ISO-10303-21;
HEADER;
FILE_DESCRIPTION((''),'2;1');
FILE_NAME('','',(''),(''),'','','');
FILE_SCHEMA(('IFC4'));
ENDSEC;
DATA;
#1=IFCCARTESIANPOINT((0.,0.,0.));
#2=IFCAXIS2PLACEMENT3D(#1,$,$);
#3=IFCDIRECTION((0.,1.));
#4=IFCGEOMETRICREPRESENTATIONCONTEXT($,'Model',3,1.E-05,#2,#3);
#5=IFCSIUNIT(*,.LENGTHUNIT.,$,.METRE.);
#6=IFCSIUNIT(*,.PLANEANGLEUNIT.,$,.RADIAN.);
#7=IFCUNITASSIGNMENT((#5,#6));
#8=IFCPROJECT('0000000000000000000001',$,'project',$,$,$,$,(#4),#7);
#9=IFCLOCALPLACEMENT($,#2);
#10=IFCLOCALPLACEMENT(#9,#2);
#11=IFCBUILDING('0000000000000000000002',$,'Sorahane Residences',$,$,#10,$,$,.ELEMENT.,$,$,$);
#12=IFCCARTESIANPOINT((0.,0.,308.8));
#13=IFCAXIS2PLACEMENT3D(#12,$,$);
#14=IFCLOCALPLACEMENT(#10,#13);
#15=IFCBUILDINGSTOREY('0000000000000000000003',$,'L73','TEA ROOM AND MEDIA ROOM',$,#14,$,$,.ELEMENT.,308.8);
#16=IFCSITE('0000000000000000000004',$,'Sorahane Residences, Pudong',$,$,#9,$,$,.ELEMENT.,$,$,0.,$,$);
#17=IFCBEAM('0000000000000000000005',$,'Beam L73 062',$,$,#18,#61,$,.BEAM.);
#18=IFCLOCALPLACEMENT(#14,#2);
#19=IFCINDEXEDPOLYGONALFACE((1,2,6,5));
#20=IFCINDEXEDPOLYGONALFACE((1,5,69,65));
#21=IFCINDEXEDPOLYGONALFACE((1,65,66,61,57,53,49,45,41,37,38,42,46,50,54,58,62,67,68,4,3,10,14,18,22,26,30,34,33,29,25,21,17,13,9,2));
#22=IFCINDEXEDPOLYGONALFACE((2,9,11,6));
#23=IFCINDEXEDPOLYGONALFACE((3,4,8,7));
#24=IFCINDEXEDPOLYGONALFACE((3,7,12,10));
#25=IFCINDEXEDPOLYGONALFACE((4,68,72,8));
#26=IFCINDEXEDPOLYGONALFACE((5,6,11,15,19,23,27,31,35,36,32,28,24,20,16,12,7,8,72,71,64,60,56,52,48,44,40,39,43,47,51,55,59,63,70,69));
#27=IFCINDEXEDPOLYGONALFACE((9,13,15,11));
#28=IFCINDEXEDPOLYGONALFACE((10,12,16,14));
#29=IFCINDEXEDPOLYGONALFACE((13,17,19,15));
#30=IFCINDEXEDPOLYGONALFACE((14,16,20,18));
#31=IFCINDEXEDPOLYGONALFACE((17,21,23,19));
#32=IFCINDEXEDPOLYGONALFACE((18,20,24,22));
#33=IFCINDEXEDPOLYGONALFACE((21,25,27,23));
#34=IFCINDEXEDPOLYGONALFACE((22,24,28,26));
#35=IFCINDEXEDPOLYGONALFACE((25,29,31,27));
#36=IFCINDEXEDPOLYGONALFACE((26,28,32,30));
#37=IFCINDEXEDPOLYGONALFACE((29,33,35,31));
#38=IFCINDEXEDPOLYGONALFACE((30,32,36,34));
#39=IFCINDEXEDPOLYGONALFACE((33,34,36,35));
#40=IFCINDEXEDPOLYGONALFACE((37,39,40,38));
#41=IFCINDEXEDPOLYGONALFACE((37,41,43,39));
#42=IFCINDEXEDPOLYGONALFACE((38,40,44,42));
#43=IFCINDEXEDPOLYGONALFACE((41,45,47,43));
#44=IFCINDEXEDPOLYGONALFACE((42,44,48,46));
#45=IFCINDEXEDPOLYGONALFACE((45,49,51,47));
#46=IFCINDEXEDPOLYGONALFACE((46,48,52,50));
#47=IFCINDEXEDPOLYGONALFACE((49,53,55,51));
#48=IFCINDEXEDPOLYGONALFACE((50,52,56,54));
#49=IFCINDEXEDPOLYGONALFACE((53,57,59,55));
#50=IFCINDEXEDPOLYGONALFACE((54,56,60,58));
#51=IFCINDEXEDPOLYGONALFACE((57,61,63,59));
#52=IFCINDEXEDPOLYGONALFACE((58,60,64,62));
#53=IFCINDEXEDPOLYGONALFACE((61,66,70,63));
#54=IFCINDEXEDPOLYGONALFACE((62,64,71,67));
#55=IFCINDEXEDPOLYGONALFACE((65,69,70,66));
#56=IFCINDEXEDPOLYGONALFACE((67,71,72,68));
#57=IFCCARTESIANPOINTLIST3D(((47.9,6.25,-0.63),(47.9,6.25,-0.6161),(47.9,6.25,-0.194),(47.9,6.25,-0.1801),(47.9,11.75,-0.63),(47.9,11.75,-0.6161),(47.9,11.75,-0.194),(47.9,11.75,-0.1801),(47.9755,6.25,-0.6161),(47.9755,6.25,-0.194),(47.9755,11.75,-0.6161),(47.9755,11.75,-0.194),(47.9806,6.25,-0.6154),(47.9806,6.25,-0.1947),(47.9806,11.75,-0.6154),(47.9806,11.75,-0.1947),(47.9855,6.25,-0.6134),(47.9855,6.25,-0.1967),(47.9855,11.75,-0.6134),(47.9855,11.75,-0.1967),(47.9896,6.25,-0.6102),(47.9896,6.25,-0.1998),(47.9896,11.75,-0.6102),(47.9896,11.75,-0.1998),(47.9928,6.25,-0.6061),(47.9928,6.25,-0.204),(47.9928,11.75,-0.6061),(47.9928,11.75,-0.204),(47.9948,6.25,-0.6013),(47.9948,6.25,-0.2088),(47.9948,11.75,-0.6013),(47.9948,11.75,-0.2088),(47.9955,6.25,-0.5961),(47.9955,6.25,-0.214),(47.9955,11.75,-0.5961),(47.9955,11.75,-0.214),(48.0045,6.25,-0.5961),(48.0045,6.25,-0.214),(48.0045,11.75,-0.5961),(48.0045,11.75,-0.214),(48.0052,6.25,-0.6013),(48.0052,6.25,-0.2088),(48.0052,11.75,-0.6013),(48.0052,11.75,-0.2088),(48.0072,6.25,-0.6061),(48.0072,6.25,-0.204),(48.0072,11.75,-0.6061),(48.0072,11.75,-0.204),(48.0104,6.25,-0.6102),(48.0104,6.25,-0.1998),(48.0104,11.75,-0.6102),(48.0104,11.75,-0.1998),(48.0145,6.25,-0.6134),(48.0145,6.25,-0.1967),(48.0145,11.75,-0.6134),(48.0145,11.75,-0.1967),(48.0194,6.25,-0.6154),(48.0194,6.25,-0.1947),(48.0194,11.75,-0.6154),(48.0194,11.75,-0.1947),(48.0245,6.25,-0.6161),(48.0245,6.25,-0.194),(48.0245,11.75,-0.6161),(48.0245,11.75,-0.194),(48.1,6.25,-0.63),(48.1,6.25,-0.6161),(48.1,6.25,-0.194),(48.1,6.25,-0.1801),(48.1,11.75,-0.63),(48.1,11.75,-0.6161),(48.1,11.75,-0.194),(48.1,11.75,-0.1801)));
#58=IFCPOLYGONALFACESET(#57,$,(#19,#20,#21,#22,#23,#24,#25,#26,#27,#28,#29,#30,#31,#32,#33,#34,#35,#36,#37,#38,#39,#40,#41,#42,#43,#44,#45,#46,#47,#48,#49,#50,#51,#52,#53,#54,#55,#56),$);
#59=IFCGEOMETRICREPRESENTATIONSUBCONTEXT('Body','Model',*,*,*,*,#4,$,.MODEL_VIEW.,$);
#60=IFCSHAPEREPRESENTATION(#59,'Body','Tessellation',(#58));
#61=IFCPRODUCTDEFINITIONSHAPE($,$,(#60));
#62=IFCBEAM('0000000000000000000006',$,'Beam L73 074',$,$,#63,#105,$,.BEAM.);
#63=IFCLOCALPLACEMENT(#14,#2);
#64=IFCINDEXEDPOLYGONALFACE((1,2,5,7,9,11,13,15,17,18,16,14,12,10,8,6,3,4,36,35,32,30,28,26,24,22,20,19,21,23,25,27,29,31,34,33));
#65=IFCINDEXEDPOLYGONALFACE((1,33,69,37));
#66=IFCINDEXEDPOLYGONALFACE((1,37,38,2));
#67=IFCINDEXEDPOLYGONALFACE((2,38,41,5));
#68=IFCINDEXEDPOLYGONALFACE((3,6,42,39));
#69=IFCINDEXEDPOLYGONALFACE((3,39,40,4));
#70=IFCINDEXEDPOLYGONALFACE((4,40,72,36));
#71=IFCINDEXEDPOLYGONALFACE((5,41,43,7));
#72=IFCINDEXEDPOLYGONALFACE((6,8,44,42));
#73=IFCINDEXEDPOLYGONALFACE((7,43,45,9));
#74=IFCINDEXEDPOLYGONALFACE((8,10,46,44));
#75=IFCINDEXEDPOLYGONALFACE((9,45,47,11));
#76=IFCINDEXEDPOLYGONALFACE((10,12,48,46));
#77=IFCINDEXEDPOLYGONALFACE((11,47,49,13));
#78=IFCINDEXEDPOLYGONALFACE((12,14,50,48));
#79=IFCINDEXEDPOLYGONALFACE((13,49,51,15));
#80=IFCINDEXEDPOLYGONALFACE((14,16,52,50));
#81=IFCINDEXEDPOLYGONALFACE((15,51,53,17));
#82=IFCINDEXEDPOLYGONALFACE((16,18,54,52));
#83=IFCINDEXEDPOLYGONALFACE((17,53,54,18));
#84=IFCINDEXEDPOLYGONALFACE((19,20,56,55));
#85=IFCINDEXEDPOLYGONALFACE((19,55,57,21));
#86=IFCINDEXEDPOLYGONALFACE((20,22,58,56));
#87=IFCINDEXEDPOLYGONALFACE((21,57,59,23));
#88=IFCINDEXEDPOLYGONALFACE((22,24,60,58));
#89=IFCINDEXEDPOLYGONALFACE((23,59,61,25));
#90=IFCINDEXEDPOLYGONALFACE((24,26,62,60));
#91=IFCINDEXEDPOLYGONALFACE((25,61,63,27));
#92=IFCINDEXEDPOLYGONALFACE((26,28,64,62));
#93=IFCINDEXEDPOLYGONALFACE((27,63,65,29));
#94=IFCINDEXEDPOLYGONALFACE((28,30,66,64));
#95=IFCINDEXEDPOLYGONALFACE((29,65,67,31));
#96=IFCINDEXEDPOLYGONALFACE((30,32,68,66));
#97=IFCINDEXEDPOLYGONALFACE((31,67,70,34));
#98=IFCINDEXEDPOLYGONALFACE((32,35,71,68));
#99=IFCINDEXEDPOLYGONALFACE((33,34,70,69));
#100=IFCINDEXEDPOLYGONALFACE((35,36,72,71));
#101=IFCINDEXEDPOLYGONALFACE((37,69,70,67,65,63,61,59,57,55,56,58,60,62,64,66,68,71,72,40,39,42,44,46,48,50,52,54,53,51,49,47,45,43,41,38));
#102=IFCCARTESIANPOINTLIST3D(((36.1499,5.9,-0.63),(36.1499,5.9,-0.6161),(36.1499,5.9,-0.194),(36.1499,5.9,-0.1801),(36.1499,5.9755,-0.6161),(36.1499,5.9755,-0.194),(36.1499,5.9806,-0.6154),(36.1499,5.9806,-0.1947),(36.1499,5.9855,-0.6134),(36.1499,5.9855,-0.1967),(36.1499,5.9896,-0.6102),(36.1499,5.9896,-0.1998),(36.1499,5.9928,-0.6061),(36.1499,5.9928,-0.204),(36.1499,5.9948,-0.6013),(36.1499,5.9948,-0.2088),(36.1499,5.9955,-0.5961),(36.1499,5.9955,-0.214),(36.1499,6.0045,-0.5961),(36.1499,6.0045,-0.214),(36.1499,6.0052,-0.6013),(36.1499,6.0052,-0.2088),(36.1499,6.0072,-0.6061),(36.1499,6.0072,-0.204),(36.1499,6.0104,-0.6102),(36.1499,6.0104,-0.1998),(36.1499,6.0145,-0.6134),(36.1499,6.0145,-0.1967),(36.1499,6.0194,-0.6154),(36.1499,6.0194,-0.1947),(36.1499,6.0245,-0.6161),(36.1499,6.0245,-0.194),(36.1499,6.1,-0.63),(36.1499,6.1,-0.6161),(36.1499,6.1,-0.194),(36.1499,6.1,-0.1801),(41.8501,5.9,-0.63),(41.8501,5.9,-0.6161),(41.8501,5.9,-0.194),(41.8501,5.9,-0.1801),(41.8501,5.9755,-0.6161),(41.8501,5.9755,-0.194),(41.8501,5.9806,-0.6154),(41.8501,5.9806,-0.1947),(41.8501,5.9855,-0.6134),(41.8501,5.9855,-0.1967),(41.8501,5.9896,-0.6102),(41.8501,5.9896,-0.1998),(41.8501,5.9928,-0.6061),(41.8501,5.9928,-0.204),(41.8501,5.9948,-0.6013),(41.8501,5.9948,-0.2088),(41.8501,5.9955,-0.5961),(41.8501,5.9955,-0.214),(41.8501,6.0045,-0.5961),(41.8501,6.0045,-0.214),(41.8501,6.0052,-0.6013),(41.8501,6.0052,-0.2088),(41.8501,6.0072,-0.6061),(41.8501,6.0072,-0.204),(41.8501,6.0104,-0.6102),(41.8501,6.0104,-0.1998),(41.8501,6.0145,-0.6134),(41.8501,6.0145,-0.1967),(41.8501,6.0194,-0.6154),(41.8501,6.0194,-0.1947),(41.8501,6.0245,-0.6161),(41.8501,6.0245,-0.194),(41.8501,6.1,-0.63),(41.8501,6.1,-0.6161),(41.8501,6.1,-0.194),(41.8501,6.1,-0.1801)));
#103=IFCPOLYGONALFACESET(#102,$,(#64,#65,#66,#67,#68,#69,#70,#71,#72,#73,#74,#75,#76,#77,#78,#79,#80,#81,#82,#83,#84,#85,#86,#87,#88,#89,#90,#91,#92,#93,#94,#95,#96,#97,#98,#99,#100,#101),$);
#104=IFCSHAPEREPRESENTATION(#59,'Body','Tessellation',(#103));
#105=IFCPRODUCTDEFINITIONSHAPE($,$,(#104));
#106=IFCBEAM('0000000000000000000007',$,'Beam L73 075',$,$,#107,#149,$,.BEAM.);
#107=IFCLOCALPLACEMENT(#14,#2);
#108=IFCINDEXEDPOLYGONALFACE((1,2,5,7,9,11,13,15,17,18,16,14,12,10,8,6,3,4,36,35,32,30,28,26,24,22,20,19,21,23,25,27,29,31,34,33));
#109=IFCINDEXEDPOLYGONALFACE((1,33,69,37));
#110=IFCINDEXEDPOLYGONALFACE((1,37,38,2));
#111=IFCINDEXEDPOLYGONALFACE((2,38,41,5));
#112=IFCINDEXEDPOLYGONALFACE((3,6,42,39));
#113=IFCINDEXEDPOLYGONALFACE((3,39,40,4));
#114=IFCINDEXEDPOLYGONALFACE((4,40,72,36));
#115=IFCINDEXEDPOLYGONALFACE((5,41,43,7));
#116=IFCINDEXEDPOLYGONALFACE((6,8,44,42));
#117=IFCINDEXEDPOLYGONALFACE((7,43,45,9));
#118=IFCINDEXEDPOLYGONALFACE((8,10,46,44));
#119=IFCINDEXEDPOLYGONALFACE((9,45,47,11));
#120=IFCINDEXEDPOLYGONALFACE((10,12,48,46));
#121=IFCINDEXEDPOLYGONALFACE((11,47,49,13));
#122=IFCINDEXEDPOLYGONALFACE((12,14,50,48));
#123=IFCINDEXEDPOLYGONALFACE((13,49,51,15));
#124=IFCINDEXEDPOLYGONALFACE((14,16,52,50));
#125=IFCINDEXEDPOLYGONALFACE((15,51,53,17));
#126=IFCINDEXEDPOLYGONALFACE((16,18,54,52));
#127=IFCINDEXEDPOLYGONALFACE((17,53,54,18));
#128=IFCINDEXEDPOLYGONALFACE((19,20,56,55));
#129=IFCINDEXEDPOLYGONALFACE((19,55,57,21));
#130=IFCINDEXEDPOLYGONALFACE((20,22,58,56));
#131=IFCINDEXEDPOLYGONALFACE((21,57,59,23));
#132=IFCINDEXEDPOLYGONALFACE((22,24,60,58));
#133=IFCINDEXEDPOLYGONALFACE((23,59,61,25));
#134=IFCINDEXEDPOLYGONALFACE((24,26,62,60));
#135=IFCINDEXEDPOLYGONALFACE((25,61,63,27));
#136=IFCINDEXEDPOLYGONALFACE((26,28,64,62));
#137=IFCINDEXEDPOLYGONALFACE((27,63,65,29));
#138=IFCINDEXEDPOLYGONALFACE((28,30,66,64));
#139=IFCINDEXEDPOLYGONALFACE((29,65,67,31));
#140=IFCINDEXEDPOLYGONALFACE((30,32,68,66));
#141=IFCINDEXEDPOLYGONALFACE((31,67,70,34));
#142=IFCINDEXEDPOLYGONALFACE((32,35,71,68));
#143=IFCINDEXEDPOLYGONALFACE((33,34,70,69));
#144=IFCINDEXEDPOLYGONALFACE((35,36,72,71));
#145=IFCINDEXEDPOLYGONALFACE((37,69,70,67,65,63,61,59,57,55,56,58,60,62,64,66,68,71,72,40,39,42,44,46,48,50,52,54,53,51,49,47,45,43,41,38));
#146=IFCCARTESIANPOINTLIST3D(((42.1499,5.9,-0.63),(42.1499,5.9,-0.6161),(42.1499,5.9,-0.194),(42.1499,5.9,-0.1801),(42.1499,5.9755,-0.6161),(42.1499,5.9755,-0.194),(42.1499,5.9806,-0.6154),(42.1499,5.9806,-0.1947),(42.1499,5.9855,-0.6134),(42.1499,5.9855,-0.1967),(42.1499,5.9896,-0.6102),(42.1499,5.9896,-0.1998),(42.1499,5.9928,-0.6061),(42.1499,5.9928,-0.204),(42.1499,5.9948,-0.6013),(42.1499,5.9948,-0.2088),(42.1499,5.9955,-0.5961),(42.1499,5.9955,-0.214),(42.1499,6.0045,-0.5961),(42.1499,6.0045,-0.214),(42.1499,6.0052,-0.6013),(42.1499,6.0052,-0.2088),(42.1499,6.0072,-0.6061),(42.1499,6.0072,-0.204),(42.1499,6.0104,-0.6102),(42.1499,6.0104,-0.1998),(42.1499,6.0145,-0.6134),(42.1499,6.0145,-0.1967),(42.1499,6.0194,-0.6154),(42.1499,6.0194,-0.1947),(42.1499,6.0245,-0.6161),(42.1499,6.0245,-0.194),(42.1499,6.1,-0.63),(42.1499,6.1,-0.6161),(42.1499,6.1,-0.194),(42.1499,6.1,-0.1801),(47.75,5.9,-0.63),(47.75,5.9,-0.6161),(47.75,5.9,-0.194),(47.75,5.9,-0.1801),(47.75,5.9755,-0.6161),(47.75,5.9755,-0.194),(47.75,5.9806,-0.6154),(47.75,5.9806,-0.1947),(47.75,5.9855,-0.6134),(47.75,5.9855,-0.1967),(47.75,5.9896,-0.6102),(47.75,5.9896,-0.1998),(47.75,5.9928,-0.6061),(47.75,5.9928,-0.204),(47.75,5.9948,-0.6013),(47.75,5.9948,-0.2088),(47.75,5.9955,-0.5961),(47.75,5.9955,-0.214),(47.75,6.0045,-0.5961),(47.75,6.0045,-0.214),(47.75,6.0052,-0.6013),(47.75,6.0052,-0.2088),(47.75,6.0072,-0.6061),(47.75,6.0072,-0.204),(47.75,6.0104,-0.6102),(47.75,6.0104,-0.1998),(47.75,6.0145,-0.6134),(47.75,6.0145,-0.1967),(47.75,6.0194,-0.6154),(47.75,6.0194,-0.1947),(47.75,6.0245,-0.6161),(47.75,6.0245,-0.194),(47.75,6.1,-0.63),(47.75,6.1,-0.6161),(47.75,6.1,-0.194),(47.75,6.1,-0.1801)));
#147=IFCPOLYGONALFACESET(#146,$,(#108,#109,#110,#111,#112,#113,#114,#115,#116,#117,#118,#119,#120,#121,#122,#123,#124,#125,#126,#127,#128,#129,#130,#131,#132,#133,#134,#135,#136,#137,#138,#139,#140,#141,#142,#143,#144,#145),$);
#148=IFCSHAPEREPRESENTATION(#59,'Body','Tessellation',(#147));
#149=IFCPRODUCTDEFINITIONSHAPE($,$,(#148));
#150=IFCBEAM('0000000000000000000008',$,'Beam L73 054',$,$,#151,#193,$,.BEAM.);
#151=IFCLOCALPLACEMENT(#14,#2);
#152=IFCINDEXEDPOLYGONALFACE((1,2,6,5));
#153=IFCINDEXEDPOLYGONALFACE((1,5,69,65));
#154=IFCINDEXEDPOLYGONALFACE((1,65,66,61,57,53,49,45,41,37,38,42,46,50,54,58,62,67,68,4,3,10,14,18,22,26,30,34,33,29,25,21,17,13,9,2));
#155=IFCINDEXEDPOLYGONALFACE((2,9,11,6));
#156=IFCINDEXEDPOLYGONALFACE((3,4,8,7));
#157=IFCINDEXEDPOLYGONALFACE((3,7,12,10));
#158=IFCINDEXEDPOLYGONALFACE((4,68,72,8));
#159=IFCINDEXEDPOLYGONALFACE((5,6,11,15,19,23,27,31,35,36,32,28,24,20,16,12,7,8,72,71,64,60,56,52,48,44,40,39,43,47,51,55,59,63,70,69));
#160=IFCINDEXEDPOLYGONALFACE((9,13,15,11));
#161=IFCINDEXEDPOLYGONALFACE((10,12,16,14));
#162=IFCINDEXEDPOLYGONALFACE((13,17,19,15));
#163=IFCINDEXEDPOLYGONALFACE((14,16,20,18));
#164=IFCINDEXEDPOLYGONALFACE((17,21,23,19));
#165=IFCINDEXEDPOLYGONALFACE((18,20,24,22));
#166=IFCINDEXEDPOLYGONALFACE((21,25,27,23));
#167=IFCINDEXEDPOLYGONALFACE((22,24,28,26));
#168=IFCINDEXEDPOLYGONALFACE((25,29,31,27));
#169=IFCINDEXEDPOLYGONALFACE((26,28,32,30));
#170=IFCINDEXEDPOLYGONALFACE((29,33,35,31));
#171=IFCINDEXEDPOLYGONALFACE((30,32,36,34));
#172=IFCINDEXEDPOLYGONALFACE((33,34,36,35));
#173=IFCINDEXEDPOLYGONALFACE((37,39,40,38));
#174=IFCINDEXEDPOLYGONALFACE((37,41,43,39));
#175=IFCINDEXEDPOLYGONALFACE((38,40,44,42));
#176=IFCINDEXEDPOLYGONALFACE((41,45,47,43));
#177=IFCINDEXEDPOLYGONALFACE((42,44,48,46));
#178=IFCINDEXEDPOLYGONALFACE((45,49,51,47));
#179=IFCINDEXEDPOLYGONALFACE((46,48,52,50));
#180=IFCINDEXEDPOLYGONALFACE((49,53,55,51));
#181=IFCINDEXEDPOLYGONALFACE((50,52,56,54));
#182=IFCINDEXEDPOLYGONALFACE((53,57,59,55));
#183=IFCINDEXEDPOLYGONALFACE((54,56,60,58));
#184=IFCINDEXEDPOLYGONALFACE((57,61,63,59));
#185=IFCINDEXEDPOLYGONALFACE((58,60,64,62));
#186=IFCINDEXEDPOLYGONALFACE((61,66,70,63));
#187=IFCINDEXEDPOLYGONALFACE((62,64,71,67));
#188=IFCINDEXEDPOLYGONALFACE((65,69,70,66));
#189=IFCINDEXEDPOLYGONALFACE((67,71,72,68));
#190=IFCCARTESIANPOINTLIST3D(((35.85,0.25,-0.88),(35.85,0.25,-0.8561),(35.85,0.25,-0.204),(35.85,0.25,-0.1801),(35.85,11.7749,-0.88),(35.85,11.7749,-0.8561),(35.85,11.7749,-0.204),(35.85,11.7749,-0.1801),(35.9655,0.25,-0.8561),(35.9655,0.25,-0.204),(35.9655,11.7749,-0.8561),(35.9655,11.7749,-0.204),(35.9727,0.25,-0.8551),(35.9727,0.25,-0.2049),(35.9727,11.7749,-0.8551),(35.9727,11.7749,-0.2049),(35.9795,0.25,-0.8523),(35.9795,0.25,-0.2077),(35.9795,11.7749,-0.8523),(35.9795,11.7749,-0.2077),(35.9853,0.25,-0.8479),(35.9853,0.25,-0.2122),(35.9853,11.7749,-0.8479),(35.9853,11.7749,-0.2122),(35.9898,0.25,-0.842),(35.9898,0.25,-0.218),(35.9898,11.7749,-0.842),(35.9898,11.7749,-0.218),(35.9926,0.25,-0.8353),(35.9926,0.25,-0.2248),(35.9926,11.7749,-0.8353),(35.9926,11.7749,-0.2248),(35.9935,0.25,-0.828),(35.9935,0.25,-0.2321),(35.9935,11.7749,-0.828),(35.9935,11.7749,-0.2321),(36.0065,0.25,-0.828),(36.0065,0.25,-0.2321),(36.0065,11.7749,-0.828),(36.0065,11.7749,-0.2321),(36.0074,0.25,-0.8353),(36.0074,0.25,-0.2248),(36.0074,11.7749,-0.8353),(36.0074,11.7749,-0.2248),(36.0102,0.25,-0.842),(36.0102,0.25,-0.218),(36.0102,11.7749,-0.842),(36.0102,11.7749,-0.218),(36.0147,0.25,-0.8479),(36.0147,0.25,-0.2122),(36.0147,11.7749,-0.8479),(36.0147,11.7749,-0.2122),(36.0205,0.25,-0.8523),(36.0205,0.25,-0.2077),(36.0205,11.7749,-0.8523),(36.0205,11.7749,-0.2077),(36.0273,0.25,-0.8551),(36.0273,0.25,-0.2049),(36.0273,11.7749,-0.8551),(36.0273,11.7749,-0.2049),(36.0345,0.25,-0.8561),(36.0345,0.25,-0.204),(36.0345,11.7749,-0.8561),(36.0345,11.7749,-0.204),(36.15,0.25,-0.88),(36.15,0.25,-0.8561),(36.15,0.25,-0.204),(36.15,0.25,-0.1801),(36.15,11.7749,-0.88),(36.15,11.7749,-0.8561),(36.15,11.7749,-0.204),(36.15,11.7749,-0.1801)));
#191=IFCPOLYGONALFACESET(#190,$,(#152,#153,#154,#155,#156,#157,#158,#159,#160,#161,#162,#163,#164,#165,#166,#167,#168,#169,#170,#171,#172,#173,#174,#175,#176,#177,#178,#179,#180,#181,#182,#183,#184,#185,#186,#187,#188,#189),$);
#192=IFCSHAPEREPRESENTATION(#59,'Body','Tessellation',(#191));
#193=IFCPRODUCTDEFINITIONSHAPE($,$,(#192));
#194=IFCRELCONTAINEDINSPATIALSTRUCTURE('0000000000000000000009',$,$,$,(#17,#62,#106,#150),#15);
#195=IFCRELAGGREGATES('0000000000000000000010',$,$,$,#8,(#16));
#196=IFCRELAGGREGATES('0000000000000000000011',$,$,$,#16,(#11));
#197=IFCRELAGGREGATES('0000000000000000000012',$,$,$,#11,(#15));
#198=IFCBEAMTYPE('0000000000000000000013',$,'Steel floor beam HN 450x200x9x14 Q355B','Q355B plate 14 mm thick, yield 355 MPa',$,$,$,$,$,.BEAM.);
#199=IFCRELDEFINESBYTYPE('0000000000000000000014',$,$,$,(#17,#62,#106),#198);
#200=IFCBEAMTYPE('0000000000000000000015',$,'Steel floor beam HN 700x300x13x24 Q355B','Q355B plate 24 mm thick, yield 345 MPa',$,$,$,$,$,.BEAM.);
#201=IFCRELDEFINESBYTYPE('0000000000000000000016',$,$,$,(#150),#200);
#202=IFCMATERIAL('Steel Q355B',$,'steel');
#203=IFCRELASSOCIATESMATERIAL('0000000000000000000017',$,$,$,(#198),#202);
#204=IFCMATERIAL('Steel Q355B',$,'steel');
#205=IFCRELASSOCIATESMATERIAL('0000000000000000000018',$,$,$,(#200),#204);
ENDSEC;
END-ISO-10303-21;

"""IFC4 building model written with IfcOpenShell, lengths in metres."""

from ifc_helpers import new_model, si_unit, direction, frame, origin, origin_2d, place, context, subcontext, project, spatial, i_section, extrude, material, material_profile, profile_set, type_object, element, save


model = new_model("IFC4")

# Units and contexts
model_context = context("Model", 3, precision=1e-05, world=origin(), true_north=direction((0.0, 1.0)))
body_context = subcontext(model_context, "Body", "Model", "MODEL_VIEW")
ifc_project = project(units=[si_unit("LENGTHUNIT", "METRE"), si_unit("PLANEANGLEUNIT", "RADIAN")], contexts=[model_context])

# Site, building, storey
site_placement = place(None, origin())
site = spatial("IfcSite", under=ifc_project, at=site_placement, Name="Sorahane Residences, Pudong", CompositionType="ELEMENT", RefElevation=0.0)
building_placement = place(site_placement, origin())
building = spatial("IfcBuilding", under=site, at=building_placement, Name="Sorahane Residences", CompositionType="ELEMENT")
storey_placement = place(building_placement, frame((0.0, 0.0, 308.8)))
storey = spatial("IfcBuildingStorey", under=building, at=storey_placement, Name="L73", Description="TEA ROOM AND MEDIA ROOM", CompositionType="ELEMENT", Elevation=308.8)

# Beams
ifc_material_1 = material(Name="Steel Q355B", Category="steel")
ifc_material_profile_1 = material_profile(ifc_material_1, i_section(OverallWidth=0.2, OverallDepth=0.45, WebThickness=0.009, FlangeThickness=0.0139, FilletRadius=0.02, at=origin_2d()), Name="HN 450x200x9x14")
ifc_profile_set_1 = profile_set([ifc_material_profile_1], Name="Steel Q355B")
beam_type_1 = type_object("IfcBeamType", Name="Steel floor beam HN 450x200x9x14 Q355B", Description="Q355B plate 14 mm thick, yield 355 MPa", PredefinedType="BEAM", material=ifc_profile_set_1)
for number, where, z_axis, x_axis, name in (
    (1, (48.0, 6.25, -0.405), (0.0, 1.0, 0.0), (-1.0, 0.0, 0.0), "Beam L73 062"),
):
    element("IfcBeam", number, at=place(storey_placement, frame(where, z_axis=z_axis, x_axis=x_axis)), inside=storey, type_object=beam_type_1, Name=name, PredefinedType="BEAM", context=body_context, shape_type="SweptSolid", body=[
        extrude(i_section(OverallWidth=0.2, OverallDepth=0.45, WebThickness=0.009, FlangeThickness=0.0139, FilletRadius=0.02, at=origin_2d()), origin(), (0.0, 0.0, 1.0), 5.5),
    ])
beam_1_placement = place(storey_placement, frame((36.1499, 6.0, -0.405), z_axis=(1.0, 0.0, 0.0), x_axis=(0.0, 1.0, 0.0)))
element("IfcBeam", 2, at=beam_1_placement, inside=storey, type_object=beam_type_1, Name="Beam L73 074", PredefinedType="BEAM", context=body_context, shape_type="SweptSolid", body=[
    extrude(i_section(OverallWidth=0.2, OverallDepth=0.45, WebThickness=0.009, FlangeThickness=0.0139, FilletRadius=0.02, at=origin_2d()), origin(), (0.0, 0.0, 1.0), 5.7002),
])
beam_2_placement = place(storey_placement, frame((42.1499, 6.0, -0.405), z_axis=(1.0, 0.0, 0.0), x_axis=(0.0, 1.0, 0.0)))
element("IfcBeam", 3, at=beam_2_placement, inside=storey, type_object=beam_type_1, Name="Beam L73 075", PredefinedType="BEAM", context=body_context, shape_type="SweptSolid", body=[
    extrude(i_section(OverallWidth=0.2, OverallDepth=0.45, WebThickness=0.009, FlangeThickness=0.0139, FilletRadius=0.02, at=origin_2d()), origin(), (0.0, 0.0, 1.0), 5.6001),
])
ifc_material_2 = material(Name="Steel Q355B", Category="steel")
ifc_material_profile_2 = material_profile(ifc_material_2, i_section(OverallWidth=0.3, OverallDepth=0.7, WebThickness=0.0129, FlangeThickness=0.0239, FilletRadius=0.0281, at=origin_2d()), Name="HN 700x300x13x24")
ifc_profile_set_2 = profile_set([ifc_material_profile_2], Name="Steel Q355B")
beam_type_2 = type_object("IfcBeamType", Name="Steel floor beam HN 700x300x13x24 Q355B", Description="Q355B plate 24 mm thick, yield 345 MPa", PredefinedType="BEAM", material=ifc_profile_set_2)
beam_3_placement = place(storey_placement, frame((36.0, 0.25, -0.53), z_axis=(0.0, 1.0, 0.0), x_axis=(-1.0, 0.0, 0.0)))
element("IfcBeam", 4, at=beam_3_placement, inside=storey, type_object=beam_type_2, Name="Beam L73 054", PredefinedType="BEAM", context=body_context, shape_type="SweptSolid", body=[
    extrude(i_section(OverallWidth=0.3, OverallDepth=0.7, WebThickness=0.0129, FlangeThickness=0.0239, FilletRadius=0.0281, at=origin_2d()), origin(), (0.0, 0.0, 1.0), 11.5249),
])

save(model, "model.ifc")
